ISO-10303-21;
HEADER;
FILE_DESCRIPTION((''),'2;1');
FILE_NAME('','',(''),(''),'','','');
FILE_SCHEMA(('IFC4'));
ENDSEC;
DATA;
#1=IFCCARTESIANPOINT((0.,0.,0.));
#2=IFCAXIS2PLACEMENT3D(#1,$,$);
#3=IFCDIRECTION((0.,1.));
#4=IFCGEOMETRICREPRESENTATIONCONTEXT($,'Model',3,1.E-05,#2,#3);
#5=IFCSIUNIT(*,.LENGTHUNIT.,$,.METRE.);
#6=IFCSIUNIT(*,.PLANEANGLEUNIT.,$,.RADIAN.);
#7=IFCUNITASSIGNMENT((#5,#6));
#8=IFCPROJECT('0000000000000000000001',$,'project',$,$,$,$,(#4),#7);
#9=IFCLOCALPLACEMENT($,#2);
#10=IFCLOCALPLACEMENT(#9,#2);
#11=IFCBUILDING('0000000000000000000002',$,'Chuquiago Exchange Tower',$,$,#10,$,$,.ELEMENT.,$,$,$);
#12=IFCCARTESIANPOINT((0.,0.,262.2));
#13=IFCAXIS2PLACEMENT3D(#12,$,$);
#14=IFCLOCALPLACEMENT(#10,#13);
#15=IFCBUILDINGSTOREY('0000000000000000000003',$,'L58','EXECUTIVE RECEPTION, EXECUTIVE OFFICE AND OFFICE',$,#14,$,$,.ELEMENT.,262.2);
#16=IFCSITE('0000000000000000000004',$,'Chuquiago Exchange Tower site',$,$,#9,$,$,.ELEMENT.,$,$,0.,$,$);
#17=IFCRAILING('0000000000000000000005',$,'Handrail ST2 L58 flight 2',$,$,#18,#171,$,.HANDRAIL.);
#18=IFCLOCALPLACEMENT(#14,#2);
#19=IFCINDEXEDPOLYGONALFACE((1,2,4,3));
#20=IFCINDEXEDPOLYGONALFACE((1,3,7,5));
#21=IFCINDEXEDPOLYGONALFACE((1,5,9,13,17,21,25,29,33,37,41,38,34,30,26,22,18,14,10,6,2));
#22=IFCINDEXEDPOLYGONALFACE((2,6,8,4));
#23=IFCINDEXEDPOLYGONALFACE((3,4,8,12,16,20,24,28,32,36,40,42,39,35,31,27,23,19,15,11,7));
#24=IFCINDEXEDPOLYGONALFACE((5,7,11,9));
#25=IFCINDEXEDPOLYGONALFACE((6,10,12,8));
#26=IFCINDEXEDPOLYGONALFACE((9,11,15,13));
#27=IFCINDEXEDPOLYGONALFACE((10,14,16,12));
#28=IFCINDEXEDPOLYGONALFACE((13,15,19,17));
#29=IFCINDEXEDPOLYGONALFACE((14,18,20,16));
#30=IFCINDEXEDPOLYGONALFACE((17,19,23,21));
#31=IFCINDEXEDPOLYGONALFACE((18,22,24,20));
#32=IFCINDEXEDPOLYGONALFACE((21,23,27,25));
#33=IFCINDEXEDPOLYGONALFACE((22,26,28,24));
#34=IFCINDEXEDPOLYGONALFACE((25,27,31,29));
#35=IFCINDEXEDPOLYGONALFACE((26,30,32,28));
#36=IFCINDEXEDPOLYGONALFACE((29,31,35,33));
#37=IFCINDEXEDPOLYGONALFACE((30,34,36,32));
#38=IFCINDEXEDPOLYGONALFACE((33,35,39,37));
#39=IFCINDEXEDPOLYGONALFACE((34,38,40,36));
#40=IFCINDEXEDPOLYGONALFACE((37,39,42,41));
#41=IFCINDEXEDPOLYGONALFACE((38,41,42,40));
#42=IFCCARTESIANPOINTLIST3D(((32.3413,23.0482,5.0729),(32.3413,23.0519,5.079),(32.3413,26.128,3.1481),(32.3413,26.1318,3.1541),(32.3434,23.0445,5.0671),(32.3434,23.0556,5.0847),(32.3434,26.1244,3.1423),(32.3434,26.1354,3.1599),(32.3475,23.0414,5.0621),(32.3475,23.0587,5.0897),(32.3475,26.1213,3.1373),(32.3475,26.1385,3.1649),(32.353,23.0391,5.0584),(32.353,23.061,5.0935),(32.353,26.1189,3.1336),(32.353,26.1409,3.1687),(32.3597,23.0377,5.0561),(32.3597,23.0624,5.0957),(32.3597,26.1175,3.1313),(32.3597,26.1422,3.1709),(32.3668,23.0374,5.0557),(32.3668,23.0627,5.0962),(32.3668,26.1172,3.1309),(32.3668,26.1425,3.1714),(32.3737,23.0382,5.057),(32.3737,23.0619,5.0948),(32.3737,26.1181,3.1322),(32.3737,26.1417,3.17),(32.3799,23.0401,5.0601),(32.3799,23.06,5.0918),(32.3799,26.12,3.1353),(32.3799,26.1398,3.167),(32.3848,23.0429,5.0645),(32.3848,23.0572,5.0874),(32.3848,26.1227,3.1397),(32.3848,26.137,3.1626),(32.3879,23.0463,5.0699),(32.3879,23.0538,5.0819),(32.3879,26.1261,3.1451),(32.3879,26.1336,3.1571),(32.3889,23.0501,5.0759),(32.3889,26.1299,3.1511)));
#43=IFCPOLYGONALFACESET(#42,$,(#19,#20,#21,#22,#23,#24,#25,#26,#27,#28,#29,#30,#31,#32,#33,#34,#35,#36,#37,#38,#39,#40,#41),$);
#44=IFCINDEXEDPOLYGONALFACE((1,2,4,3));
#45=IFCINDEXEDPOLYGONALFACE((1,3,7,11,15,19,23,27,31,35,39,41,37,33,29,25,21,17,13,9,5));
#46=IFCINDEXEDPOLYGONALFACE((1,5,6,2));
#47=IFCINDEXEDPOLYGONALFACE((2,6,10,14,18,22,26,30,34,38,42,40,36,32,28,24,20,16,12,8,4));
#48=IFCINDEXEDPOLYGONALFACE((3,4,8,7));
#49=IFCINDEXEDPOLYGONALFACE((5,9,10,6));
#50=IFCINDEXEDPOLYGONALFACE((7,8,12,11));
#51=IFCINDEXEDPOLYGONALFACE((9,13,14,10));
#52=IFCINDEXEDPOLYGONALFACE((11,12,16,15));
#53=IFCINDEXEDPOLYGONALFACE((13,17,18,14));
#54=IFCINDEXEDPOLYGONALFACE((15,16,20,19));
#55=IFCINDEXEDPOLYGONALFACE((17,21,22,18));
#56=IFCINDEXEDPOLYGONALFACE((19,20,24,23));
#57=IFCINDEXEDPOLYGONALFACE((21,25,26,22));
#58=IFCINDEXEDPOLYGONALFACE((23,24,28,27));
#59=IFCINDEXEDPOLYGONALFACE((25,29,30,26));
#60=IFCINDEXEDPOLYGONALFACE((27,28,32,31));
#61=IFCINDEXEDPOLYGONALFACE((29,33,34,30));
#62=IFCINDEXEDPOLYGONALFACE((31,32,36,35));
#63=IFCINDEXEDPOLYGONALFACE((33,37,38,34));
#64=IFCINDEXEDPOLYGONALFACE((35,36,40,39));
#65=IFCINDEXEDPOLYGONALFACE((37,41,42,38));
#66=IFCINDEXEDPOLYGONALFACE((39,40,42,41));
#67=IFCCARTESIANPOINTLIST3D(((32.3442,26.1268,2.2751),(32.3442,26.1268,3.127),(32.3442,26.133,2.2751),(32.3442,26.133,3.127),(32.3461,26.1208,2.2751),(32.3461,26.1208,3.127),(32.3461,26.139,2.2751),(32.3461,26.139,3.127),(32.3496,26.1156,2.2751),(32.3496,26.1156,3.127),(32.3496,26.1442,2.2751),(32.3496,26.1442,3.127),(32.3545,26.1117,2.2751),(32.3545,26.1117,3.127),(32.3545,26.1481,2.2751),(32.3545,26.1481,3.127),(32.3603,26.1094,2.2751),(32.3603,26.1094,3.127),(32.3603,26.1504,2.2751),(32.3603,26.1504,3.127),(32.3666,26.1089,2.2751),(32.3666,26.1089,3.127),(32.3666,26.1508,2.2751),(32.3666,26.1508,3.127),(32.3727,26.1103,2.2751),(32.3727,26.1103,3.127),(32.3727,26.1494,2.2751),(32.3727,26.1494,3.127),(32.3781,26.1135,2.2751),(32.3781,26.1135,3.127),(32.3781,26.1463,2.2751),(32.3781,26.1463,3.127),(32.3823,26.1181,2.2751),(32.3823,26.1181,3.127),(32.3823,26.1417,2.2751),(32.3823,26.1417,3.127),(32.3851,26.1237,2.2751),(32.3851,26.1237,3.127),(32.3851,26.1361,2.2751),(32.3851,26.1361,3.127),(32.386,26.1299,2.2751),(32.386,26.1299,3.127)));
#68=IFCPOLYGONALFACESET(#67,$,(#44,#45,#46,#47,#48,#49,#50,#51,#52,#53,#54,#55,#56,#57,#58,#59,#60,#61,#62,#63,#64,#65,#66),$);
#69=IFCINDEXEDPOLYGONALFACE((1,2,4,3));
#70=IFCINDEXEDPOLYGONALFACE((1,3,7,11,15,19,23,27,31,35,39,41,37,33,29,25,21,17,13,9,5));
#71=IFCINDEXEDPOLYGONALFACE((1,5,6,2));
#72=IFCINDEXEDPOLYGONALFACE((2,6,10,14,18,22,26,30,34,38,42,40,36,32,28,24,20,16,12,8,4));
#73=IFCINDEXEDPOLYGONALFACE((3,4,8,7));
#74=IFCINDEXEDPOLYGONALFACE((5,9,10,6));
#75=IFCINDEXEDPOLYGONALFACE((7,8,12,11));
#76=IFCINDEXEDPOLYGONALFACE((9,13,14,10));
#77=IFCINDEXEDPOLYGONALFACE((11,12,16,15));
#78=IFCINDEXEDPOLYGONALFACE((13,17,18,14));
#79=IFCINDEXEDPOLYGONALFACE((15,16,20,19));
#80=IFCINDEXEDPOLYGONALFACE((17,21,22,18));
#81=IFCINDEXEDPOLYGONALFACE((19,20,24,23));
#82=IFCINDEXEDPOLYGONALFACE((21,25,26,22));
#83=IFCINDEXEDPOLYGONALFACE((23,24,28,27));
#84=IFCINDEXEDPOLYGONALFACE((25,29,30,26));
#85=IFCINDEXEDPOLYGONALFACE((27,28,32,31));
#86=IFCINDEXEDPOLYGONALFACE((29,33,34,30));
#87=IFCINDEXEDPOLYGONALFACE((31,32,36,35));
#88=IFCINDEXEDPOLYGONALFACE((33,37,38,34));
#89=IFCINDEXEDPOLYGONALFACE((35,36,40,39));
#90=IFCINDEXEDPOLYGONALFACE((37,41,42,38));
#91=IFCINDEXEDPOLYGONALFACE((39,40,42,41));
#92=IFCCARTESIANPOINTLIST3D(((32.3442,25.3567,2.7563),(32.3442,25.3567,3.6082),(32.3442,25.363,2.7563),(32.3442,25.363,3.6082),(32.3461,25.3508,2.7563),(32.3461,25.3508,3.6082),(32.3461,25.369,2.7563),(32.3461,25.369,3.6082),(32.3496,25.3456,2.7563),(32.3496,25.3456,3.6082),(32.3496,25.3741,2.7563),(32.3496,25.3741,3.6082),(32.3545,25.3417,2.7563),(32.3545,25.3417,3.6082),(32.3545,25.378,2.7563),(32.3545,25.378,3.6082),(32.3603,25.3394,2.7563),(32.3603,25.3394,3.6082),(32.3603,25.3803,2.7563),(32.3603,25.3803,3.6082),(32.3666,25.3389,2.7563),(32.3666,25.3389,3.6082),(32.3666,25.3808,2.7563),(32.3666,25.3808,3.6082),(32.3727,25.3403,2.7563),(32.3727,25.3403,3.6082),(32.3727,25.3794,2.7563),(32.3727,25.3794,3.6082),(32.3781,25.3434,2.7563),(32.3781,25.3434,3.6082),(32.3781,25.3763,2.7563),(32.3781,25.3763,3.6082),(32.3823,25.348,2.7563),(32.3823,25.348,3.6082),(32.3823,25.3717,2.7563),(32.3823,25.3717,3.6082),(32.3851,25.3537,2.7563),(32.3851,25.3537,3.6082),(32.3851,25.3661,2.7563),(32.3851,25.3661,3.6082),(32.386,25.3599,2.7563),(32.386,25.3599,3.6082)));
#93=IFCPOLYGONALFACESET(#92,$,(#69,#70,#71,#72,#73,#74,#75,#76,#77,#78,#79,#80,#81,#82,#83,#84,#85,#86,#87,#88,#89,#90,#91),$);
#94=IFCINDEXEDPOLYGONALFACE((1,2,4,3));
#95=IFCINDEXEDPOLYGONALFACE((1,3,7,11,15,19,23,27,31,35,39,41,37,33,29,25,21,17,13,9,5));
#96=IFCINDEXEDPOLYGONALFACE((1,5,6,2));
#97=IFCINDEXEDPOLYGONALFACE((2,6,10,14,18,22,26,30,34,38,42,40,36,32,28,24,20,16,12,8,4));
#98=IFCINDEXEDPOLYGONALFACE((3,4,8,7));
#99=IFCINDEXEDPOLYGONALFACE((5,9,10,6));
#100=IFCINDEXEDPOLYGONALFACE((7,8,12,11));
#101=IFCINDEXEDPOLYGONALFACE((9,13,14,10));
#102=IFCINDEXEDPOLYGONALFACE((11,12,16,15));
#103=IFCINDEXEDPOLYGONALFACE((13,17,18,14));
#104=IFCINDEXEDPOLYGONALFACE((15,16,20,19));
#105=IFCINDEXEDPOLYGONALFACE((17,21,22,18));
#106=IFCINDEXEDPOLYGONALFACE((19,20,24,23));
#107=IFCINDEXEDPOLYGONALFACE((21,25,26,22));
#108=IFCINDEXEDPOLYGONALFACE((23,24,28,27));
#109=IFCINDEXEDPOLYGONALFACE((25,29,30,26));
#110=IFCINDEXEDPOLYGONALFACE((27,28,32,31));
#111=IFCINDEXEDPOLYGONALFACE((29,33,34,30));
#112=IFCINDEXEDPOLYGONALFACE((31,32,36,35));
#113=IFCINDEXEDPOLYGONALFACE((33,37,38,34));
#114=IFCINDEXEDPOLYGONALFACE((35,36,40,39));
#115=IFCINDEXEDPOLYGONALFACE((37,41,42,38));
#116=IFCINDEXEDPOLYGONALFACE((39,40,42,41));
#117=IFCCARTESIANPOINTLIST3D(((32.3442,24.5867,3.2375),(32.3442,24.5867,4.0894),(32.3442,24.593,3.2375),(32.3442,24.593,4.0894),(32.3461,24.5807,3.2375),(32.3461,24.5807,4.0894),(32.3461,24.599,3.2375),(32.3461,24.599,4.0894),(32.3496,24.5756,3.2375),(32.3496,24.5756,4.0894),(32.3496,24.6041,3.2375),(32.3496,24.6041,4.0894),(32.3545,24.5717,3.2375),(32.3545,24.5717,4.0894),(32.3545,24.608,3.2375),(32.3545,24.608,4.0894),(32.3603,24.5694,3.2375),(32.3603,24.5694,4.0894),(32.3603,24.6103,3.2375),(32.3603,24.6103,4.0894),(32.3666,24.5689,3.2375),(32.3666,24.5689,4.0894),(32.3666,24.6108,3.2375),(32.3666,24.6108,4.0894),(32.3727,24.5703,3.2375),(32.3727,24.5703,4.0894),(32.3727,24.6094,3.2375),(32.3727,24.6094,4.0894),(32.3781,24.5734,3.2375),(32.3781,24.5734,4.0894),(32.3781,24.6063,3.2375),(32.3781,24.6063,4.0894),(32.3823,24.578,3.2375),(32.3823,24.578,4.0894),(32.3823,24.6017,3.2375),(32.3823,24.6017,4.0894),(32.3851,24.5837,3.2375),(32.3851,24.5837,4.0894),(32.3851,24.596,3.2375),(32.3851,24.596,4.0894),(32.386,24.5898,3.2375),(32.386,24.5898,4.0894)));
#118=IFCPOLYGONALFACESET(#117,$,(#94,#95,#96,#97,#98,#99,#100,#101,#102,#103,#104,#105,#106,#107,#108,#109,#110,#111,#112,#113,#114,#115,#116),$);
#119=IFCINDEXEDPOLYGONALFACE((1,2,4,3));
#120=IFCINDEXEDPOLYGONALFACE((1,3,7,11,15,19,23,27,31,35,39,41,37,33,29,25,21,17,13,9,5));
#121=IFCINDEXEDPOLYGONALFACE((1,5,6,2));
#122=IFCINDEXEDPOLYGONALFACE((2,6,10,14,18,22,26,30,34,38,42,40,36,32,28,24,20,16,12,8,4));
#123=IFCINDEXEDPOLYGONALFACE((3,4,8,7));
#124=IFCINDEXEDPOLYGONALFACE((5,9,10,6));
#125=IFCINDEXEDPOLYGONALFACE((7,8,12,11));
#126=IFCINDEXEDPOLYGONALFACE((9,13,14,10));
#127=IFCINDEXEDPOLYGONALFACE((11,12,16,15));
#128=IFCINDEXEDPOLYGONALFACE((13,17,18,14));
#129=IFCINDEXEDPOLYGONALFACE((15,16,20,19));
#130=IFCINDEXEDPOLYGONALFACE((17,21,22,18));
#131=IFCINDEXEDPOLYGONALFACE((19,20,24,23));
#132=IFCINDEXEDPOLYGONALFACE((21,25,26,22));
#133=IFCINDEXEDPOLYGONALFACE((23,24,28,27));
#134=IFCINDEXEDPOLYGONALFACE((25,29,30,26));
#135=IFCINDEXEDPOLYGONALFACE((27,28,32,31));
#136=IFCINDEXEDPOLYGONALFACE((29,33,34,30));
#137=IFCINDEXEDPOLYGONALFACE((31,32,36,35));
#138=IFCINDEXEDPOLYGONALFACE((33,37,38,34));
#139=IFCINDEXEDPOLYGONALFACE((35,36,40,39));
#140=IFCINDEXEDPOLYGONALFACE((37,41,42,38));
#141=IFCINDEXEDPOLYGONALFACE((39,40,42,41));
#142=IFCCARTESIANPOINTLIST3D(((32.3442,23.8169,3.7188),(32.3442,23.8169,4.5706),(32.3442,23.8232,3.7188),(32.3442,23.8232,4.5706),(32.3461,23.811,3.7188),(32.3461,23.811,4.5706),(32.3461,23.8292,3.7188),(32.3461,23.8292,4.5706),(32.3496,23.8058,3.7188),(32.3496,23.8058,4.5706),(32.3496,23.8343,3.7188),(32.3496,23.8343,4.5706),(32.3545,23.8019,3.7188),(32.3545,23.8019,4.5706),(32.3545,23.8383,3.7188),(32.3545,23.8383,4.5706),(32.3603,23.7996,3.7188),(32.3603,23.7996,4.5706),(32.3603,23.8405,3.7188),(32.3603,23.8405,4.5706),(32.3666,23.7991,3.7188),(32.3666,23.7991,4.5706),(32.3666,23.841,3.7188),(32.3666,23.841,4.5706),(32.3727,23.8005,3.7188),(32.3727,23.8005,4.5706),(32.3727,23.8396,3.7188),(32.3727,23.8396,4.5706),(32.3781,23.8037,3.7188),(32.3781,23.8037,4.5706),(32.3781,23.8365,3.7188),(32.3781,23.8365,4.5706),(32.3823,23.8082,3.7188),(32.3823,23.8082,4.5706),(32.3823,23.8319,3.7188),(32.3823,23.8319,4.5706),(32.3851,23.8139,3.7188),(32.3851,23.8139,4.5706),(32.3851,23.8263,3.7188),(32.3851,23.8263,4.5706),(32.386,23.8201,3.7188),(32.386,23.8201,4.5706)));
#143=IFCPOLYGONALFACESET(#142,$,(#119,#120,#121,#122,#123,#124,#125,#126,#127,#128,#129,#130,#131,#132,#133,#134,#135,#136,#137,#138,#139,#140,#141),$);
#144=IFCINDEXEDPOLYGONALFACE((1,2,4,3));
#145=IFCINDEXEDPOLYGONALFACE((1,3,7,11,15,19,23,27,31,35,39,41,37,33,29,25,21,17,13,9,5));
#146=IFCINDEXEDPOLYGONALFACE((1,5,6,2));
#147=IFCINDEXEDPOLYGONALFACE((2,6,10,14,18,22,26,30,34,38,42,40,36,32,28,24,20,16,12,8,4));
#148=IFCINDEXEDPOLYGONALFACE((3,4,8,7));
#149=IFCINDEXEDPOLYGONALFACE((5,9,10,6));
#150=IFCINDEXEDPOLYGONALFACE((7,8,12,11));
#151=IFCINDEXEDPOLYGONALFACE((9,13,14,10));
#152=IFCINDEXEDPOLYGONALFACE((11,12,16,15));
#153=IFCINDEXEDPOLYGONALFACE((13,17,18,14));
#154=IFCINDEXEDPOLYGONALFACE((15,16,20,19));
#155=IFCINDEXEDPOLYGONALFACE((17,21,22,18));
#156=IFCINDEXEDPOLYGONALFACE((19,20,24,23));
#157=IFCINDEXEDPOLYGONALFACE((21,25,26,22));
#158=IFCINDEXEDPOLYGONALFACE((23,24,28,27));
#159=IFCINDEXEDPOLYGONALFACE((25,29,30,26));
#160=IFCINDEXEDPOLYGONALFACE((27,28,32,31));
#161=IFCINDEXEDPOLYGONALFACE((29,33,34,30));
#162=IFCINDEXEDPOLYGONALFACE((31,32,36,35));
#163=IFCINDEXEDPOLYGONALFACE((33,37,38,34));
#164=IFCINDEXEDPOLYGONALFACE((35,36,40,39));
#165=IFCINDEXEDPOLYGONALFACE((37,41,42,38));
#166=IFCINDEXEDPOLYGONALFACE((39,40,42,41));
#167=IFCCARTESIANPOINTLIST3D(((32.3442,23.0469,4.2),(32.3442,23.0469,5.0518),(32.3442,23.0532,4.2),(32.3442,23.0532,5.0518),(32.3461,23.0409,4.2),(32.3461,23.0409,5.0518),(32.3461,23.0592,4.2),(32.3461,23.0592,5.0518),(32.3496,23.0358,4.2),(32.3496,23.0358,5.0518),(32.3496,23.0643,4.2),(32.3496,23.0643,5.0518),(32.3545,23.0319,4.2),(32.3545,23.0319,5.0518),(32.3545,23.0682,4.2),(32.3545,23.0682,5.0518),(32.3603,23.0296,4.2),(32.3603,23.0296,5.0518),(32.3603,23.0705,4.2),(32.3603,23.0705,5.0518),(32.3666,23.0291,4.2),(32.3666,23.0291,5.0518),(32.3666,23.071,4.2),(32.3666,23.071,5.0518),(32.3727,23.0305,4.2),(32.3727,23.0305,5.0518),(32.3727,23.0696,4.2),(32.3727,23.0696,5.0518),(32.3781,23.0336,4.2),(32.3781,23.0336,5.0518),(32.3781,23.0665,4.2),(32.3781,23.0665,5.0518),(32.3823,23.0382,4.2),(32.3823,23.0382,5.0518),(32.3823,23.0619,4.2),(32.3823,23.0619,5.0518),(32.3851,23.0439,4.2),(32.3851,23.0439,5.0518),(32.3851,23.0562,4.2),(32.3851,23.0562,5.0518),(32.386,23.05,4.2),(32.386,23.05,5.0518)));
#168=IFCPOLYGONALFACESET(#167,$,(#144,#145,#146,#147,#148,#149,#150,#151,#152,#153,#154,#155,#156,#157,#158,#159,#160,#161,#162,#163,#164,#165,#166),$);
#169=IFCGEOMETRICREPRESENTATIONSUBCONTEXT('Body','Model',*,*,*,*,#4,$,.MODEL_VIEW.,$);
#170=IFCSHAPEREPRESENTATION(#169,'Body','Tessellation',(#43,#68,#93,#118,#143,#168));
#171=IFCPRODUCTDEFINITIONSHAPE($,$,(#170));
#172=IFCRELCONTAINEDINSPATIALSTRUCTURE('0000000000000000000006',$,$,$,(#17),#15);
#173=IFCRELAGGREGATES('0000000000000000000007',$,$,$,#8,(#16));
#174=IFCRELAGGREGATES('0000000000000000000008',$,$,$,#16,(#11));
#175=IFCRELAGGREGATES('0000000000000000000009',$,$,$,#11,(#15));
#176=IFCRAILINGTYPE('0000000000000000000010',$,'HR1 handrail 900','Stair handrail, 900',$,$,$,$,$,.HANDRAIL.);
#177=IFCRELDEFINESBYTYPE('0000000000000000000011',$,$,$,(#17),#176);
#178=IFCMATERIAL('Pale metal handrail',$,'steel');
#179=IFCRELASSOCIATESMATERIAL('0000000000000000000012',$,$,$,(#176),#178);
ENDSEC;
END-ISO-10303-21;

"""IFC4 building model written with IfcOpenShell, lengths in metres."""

from ifc_helpers import new_model, si_unit, direction, frame, origin, origin_2d, place, context, subcontext, project, spatial, circle, extrude, material, type_object, element, save


model = new_model("IFC4")

# Units and contexts
model_context = context("Model", 3, precision=1e-05, world=origin(), true_north=direction((0.0, 1.0)))
body_context = subcontext(model_context, "Body", "Model", "MODEL_VIEW")
ifc_project = project(units=[si_unit("LENGTHUNIT", "METRE"), si_unit("PLANEANGLEUNIT", "RADIAN")], contexts=[model_context])

# Site, building, storey
site_placement = place(None, origin())
site = spatial("IfcSite", under=ifc_project, at=site_placement, Name="Chuquiago Exchange Tower site", CompositionType="ELEMENT", RefElevation=0.0)
building_placement = place(site_placement, origin())
building = spatial("IfcBuilding", under=site, at=building_placement, Name="Chuquiago Exchange Tower", CompositionType="ELEMENT")
storey_placement = place(building_placement, frame((0.0, 0.0, 262.2)))
storey = spatial("IfcBuildingStorey", under=building, at=storey_placement, Name="L58", Description="EXECUTIVE RECEPTION, EXECUTIVE OFFICE AND OFFICE", CompositionType="ELEMENT", Elevation=262.2)

# Railing
ifc_material_1 = material(Name="Pale metal handrail", Category="steel")
railing_type_1 = type_object("IfcRailingType", Name="HR1 handrail 900", Description="Stair handrail, 900", PredefinedType="HANDRAIL", material=ifc_material_1)
for number, where, name in (
    (1, (32.365, 26.1299, 2.2751), "Handrail ST2 L58 flight 2"),
):
    element("IfcRailing", number, at=place(storey_placement, frame(where)), inside=storey, type_object=railing_type_1, Name=name, PredefinedType="HANDRAIL", context=body_context, shape_type="SweptSolid", body=[
        extrude(circle(Radius=0.0239, at=origin_2d()), frame((0.0, 0.0, 0.876), z_axis=(0.0, -0.84801, 0.529981), x_axis=(1.0, 0.0, 0.0)), (0.0, 0.0, 1.0), 3.6318),
        extrude(circle(Radius=0.021, at=origin_2d()), origin(), (0.0, 0.0, 1.0), 0.8518),
        extrude(circle(Radius=0.021, at=origin_2d()), frame((0.0, -0.77, 0.4812)), (0.0, 0.0, 1.0), 0.8518),
        extrude(circle(Radius=0.021, at=origin_2d()), frame((0.0, -1.54, 0.9624)), (0.0, 0.0, 1.0), 0.8518),
        extrude(circle(Radius=0.021, at=origin_2d()), frame((0.0, -2.3098, 1.4436)), (0.0, 0.0, 1.0), 0.8518),
        extrude(circle(Radius=0.021, at=origin_2d()), frame((0.0, -3.0798, 1.9248)), (0.0, 0.0, 1.0), 0.8518),
    ])

save(model, "model.ifc")
